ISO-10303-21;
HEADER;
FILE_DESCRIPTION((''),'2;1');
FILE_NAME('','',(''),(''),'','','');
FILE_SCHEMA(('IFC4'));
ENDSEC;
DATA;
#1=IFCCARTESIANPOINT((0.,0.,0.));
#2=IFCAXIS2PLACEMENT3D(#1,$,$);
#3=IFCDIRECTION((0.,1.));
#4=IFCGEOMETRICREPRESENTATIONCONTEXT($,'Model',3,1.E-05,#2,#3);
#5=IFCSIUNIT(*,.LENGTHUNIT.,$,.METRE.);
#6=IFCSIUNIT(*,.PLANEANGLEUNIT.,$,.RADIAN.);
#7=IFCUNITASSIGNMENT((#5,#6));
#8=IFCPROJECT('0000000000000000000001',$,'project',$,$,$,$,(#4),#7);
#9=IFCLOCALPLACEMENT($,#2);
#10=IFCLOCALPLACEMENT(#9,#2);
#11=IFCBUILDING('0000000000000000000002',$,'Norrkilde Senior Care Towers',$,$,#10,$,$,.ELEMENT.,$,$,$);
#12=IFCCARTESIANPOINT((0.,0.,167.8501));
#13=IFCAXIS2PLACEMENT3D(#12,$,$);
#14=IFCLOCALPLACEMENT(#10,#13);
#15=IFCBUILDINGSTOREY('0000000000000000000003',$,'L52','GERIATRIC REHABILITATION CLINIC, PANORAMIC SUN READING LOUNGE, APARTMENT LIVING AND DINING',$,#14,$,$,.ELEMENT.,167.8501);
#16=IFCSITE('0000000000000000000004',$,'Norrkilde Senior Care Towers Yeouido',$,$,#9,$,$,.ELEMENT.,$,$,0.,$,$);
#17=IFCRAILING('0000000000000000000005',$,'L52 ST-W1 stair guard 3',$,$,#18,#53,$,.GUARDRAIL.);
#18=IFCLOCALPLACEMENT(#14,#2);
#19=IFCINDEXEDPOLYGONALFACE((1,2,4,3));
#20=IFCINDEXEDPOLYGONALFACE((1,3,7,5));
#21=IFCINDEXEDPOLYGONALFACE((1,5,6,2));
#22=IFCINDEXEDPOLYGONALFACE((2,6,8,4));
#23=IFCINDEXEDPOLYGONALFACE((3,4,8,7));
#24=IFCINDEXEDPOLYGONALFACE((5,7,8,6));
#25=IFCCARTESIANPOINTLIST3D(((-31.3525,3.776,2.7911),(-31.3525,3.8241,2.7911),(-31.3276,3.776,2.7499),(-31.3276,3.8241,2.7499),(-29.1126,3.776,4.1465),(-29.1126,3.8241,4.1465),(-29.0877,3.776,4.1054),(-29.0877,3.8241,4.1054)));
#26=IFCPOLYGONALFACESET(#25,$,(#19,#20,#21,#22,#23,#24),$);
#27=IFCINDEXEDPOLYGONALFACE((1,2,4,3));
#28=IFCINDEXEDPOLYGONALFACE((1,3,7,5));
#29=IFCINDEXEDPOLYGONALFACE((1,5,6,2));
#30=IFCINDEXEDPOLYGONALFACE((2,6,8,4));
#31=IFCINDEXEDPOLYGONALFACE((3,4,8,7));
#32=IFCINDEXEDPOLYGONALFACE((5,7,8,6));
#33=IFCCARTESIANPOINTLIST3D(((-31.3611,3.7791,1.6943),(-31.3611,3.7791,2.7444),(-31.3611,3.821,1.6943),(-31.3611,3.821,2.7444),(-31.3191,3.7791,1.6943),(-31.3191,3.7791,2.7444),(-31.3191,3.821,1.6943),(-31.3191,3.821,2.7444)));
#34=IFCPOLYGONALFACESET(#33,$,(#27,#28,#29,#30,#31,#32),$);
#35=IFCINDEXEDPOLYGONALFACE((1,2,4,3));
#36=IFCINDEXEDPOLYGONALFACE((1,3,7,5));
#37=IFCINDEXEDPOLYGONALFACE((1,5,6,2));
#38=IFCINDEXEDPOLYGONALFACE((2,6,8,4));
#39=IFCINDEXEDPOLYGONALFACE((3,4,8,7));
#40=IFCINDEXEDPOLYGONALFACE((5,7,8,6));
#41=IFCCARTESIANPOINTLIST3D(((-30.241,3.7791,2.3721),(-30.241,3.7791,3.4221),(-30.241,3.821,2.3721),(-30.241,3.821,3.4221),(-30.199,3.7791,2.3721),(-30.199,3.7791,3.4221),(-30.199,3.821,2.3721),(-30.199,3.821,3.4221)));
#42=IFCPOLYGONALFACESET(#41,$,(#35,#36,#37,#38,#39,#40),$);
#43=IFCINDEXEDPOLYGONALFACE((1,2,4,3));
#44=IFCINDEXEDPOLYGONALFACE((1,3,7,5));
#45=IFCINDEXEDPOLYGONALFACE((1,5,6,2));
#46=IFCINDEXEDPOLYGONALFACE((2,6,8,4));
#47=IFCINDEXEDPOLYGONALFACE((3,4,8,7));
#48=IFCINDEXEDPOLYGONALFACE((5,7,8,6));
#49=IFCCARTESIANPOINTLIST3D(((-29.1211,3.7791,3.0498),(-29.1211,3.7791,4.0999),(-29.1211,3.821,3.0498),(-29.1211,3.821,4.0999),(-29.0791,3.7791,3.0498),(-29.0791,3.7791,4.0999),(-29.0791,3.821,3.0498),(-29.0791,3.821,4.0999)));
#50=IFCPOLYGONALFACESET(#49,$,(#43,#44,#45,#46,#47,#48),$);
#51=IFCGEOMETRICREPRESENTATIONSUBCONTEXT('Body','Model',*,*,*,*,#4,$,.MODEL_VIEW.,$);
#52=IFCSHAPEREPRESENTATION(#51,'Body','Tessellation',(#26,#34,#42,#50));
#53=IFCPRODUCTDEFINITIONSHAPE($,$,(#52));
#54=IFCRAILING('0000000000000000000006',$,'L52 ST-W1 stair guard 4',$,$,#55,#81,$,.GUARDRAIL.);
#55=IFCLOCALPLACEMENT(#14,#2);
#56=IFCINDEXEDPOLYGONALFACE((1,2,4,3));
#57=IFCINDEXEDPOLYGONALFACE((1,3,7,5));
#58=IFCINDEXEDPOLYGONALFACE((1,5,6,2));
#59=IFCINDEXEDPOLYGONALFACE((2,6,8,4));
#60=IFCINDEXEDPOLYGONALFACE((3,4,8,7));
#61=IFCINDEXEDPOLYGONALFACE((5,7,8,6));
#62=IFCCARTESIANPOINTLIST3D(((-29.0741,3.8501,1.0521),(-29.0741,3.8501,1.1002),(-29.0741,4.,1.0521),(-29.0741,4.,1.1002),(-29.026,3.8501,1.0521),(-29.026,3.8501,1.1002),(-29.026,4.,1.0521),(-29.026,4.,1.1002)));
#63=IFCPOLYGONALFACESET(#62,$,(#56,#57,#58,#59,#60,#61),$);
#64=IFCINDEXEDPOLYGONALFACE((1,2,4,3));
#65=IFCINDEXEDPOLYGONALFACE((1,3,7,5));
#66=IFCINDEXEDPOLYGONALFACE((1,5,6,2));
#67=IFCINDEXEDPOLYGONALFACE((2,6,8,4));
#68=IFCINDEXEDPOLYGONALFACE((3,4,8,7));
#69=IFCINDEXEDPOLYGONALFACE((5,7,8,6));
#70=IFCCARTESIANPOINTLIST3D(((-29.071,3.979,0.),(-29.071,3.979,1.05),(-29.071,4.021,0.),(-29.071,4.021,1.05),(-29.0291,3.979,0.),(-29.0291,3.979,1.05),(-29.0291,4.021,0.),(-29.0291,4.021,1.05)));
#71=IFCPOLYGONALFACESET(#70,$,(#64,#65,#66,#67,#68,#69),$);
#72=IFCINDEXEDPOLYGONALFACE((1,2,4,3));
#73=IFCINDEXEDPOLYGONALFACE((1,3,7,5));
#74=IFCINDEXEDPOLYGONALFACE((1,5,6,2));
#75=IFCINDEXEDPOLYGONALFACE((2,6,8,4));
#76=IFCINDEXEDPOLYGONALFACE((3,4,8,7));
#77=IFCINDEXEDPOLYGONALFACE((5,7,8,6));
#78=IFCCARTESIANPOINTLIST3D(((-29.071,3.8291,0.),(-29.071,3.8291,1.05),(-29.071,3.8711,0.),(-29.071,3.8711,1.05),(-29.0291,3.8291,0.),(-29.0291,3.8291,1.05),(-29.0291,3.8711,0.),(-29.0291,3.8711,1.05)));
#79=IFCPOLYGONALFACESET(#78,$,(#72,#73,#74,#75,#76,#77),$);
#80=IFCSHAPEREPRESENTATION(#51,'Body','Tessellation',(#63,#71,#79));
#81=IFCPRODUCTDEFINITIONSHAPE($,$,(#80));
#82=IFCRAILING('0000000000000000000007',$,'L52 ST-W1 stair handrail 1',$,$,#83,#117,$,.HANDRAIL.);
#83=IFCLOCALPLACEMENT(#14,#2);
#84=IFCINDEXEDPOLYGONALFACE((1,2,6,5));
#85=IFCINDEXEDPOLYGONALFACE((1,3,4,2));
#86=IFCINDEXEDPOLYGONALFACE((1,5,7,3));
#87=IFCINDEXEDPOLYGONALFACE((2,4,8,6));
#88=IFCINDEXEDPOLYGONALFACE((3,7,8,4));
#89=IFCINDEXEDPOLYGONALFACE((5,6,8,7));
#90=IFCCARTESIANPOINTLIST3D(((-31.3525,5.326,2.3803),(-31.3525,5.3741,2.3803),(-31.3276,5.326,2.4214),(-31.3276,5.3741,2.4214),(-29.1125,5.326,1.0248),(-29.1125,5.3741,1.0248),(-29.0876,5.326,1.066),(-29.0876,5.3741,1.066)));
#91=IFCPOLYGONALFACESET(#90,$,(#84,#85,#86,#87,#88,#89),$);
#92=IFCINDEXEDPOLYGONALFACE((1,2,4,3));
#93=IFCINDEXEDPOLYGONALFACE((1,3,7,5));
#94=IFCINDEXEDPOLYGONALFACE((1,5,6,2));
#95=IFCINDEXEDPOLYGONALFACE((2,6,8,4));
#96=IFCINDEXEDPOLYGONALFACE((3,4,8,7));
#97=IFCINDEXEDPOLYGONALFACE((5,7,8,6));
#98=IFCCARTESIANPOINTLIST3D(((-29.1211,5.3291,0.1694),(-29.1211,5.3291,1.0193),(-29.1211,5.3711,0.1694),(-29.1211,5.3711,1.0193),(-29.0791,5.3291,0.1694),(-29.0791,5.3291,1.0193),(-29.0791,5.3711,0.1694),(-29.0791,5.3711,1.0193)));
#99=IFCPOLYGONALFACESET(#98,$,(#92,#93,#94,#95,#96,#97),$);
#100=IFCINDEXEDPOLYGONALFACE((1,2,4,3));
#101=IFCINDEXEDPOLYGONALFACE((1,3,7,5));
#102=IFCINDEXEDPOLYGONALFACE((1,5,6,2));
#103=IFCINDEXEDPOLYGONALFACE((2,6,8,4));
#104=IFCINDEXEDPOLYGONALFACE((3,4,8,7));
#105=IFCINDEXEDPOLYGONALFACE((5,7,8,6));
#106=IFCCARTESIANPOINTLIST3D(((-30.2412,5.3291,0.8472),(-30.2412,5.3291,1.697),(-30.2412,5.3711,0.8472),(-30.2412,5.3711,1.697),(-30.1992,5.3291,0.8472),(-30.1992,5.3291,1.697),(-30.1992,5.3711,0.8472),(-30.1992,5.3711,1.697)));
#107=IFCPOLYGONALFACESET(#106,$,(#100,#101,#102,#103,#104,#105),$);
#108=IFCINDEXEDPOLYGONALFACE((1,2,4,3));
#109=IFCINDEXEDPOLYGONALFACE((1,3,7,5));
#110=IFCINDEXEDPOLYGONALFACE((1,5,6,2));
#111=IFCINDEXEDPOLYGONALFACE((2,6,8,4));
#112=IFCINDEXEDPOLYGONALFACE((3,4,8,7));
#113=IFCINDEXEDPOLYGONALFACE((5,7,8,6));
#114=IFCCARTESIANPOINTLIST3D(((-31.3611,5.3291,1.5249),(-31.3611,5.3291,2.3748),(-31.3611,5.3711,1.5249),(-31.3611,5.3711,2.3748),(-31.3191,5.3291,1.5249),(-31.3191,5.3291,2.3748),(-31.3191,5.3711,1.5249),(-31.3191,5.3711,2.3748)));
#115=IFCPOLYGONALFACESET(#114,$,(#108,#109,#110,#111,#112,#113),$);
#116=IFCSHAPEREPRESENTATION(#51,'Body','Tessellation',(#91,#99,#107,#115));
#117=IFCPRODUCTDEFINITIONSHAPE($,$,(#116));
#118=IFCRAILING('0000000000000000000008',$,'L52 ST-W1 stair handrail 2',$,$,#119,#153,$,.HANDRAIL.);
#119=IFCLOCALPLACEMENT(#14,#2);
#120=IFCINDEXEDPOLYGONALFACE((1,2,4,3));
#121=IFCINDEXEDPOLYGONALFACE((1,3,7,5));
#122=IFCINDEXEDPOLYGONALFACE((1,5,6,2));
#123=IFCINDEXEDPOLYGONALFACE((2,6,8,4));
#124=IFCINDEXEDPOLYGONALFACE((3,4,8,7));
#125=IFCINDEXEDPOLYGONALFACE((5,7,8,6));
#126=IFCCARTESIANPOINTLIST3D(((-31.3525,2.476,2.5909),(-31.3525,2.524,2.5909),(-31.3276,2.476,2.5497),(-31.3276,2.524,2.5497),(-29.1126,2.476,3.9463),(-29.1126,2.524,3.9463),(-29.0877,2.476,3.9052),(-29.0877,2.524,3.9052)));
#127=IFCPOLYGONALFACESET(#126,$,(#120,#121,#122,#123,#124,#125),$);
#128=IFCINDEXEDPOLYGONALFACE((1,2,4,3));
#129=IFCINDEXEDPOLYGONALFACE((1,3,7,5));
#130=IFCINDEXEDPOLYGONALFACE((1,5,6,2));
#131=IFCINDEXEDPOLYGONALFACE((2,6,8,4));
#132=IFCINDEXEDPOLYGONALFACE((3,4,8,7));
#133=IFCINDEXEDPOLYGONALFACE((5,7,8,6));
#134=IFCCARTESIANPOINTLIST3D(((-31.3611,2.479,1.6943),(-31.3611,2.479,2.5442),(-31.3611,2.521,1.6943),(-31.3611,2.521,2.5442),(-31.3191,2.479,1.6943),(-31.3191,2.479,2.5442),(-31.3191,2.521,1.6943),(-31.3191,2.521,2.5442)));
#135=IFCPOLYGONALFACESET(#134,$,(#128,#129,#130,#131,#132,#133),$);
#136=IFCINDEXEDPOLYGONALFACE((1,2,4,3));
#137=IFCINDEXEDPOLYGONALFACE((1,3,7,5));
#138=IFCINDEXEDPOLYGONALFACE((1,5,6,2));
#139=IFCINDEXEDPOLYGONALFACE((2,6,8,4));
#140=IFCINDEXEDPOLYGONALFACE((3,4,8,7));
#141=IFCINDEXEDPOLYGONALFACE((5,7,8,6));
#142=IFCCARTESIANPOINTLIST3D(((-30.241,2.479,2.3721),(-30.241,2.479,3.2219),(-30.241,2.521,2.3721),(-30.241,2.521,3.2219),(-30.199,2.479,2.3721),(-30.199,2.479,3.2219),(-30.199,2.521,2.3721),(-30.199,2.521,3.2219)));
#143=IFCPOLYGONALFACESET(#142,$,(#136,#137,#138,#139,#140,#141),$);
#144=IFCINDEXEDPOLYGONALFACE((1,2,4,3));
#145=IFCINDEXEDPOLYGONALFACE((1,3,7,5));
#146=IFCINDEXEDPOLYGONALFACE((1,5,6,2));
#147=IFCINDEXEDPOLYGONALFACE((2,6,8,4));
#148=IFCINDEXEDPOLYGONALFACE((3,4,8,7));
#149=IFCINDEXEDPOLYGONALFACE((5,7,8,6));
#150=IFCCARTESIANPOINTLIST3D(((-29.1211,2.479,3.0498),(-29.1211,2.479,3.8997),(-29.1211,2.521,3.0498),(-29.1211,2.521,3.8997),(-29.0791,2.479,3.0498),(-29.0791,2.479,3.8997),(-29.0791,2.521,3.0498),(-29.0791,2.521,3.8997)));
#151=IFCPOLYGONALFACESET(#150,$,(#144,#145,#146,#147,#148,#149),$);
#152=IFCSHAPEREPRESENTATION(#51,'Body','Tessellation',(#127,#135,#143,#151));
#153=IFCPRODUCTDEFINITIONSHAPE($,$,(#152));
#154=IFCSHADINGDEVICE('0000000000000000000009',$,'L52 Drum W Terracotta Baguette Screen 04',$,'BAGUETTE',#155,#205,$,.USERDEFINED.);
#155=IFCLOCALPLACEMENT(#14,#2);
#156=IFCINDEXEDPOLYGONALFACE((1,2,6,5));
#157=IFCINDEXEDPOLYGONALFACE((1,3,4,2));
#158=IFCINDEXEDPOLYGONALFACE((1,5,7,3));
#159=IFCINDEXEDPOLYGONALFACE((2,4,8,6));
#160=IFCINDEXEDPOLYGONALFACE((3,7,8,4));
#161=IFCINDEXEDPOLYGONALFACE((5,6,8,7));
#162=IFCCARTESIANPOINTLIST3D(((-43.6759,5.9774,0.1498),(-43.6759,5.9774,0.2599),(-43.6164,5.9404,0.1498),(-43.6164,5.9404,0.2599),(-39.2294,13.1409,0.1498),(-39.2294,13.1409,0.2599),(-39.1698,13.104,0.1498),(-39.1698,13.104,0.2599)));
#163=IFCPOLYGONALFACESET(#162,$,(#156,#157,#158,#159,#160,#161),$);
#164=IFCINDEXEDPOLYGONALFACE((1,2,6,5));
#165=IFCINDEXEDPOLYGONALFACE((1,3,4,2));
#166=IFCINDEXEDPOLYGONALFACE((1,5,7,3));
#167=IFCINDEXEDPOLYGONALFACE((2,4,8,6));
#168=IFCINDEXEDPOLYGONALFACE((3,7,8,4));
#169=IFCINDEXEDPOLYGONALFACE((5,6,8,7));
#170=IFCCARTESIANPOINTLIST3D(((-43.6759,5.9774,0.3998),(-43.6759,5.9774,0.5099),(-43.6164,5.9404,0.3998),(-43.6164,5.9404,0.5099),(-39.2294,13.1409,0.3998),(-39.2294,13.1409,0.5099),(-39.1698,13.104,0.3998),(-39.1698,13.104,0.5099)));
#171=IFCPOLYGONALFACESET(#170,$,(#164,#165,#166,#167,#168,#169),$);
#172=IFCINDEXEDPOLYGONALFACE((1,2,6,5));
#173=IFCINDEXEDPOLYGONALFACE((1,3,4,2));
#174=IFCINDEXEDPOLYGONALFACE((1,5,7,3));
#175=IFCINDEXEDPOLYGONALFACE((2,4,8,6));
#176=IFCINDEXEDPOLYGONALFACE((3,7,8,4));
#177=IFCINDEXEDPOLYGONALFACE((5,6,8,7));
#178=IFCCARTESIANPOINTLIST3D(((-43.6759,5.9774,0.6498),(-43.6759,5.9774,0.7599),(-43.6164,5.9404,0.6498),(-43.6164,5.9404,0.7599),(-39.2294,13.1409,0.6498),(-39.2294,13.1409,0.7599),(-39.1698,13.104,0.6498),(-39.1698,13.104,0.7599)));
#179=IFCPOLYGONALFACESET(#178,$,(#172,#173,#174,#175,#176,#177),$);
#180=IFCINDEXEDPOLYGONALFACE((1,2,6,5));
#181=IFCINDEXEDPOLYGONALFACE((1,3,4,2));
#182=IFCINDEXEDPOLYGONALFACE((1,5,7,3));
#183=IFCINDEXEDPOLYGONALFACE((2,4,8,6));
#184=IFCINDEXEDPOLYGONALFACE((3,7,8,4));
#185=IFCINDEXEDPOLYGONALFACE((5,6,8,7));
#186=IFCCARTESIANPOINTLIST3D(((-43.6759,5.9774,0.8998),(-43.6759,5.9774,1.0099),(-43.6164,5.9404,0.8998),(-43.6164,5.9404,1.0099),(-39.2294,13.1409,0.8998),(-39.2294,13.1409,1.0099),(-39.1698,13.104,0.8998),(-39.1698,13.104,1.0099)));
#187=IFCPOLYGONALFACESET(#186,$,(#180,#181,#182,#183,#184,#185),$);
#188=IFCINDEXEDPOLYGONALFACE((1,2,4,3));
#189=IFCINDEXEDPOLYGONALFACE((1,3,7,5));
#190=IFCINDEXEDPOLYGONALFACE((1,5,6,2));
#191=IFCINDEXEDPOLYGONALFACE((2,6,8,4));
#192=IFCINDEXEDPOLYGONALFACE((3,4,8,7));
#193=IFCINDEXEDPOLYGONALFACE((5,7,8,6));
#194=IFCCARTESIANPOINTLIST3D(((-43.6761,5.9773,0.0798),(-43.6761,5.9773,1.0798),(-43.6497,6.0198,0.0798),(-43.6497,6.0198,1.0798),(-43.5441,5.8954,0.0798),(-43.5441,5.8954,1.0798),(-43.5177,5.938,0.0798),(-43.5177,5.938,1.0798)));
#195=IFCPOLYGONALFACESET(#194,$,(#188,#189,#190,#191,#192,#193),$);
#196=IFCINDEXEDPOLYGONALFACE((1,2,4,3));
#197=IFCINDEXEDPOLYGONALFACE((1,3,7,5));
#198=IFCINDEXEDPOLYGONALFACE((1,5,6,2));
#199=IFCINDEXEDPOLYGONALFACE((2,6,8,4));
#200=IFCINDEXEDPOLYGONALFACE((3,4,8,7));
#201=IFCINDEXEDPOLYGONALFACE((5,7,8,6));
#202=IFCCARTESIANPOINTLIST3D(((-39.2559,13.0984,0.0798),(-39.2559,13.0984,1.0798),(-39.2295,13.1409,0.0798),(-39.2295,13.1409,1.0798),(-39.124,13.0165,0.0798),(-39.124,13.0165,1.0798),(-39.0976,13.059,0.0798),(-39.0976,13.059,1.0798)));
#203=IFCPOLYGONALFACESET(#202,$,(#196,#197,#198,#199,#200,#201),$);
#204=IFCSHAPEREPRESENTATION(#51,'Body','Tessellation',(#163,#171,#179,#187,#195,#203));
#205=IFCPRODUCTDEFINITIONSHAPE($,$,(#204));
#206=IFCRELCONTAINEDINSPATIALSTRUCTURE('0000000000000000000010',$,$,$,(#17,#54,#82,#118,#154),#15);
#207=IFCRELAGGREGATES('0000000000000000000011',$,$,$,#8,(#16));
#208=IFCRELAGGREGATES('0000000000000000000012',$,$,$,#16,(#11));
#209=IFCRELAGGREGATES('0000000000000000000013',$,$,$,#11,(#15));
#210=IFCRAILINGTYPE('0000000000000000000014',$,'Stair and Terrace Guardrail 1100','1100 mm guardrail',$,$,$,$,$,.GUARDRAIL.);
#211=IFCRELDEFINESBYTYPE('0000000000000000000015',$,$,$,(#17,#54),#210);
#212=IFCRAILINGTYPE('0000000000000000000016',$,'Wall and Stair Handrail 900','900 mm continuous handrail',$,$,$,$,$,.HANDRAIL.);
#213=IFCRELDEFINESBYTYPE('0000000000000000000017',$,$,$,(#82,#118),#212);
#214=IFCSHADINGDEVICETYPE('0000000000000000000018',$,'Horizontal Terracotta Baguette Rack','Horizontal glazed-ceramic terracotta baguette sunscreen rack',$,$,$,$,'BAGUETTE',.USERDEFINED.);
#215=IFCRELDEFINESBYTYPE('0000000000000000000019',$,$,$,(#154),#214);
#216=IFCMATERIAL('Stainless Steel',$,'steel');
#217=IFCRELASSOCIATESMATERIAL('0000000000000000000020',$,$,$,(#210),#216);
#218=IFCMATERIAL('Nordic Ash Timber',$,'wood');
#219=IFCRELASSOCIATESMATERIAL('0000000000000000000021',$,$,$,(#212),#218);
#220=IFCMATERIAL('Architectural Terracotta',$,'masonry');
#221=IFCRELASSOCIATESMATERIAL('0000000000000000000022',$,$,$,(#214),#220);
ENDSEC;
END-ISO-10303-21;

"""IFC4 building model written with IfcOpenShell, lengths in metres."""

from ifc_helpers import new_model, si_unit, direction, frame, origin, origin_2d, place, context, subcontext, project, spatial, rectangle, extrude, source, transform, mapped, material, type_object, type_shapes, element, save


model = new_model("IFC4")

# Units and contexts
model_context = context("Model", 3, precision=1e-05, world=origin(), true_north=direction((0.0, 1.0)))
body_context = subcontext(model_context, "Body", "Model", "MODEL_VIEW")
ifc_project = project(units=[si_unit("LENGTHUNIT", "METRE"), si_unit("PLANEANGLEUNIT", "RADIAN")], contexts=[model_context])

# Site, building, storey
site_placement = place(None, origin())
site = spatial("IfcSite", under=ifc_project, at=site_placement, Name="Norrkilde Senior Care Towers Yeouido", CompositionType="ELEMENT", RefElevation=0.0)
building_placement = place(site_placement, origin())
building = spatial("IfcBuilding", under=site, at=building_placement, Name="Norrkilde Senior Care Towers", CompositionType="ELEMENT")
storey_placement = place(building_placement, frame((0.0, 0.0, 167.8501)))
storey = spatial("IfcBuildingStorey", under=building, at=storey_placement, Name="L52", Description="GERIATRIC REHABILITATION CLINIC, PANORAMIC SUN READING LOUNGE, APARTMENT LIVING AND DINING", CompositionType="ELEMENT", Elevation=167.8501)

# Shared definitions
ifc_material_1 = material(Name="Nordic Ash Timber", Category="wood")

# Railings
ifc_material_2 = material(Name="Stainless Steel", Category="steel")
railing_type_1 = type_object("IfcRailingType", Name="Stair and Terrace Guardrail 1100", Description="1100 mm guardrail", PredefinedType="GUARDRAIL", material=ifc_material_2)
railing_1_placement = place(storey_placement, frame((-31.3401, 3.8, 1.6943)))
element("IfcRailing", 1, at=railing_1_placement, inside=storey, type_object=railing_type_1, Name="L52 ST-W1 stair guard 3", PredefinedType="GUARDRAIL", context=body_context, shape_type="SweptSolid", body=[
    extrude(rectangle(XDim=0.0481, YDim=0.0481, at=origin_2d()), frame((0.0, 0.0, 1.0762), z_axis=(0.855553, 0.0, 0.517715), x_axis=(0.0, 1.0, 0.0)), (0.0, 0.0, 1.0), 2.6182),
    extrude(rectangle(XDim=0.042, YDim=0.042, at=origin_2d()), origin(), (0.0, 0.0, 1.0), 1.05),
    extrude(rectangle(XDim=0.042, YDim=0.042, at=origin_2d()), frame((1.1201, 0.0, 0.6777)), (0.0, 0.0, 1.0), 1.05),
    extrude(rectangle(XDim=0.042, YDim=0.042, at=origin_2d()), frame((2.24, 0.0, 1.3555)), (0.0, 0.0, 1.0), 1.05),
])
railing_2_placement = place(storey_placement, frame((-29.05, 4.0, 0.0)))
element("IfcRailing", 2, at=railing_2_placement, inside=storey, type_object=railing_type_1, Name="L52 ST-W1 stair guard 4", PredefinedType="GUARDRAIL", context=body_context, shape_type="SweptSolid", body=[
    extrude(rectangle(XDim=0.0481, YDim=0.0481, at=origin_2d()), frame((0.0, 0.0, 1.0762), z_axis=(0.0, -1.0, 0.0), x_axis=(1.0, 0.0, 0.0)), (0.0, 0.0, 1.0), 0.1499),
    extrude(rectangle(XDim=0.042, YDim=0.042, at=origin_2d()), origin(), (0.0, 0.0, 1.0), 1.05),
    extrude(rectangle(XDim=0.042, YDim=0.042, at=origin_2d()), frame((0.0, -0.1499, 0.0)), (0.0, 0.0, 1.0), 1.05),
])
railing_type_2 = type_object("IfcRailingType", Name="Wall and Stair Handrail 900", Description="900 mm continuous handrail", PredefinedType="HANDRAIL", material=ifc_material_1)
railing_3_placement = place(storey_placement, frame((-29.1001, 5.3501, 0.1694)))
element("IfcRailing", 3, at=railing_3_placement, inside=storey, type_object=railing_type_2, Name="L52 ST-W1 stair handrail 1", PredefinedType="HANDRAIL", context=body_context, shape_type="SweptSolid", body=[
    extrude(rectangle(XDim=0.0481, YDim=0.0481, at=origin_2d()), frame((0.0, 0.0, 0.876), z_axis=(-0.855553, 0.0, 0.517715), x_axis=(0.0, -1.0, 0.0)), (0.0, 0.0, 1.0), 2.6182),
    extrude(rectangle(XDim=0.042, YDim=0.042, at=origin_2d()), origin(), (0.0, 0.0, 1.0), 0.8499),
    extrude(rectangle(XDim=0.042, YDim=0.042, at=origin_2d()), frame((-1.1201, 0.0, 0.6777)), (0.0, 0.0, 1.0), 0.8499),
    extrude(rectangle(XDim=0.042, YDim=0.042, at=origin_2d()), frame((-2.24, 0.0, 1.3555)), (0.0, 0.0, 1.0), 0.8499),
])
railing_4_placement = place(storey_placement, frame((-31.3401, 2.5, 1.6943)))
element("IfcRailing", 4, at=railing_4_placement, inside=storey, type_object=railing_type_2, Name="L52 ST-W1 stair handrail 2", PredefinedType="HANDRAIL", context=body_context, shape_type="SweptSolid", body=[
    extrude(rectangle(XDim=0.0481, YDim=0.0481, at=origin_2d()), frame((0.0, 0.0, 0.876), z_axis=(0.855553, 0.0, 0.517715), x_axis=(0.0, 1.0, 0.0)), (0.0, 0.0, 1.0), 2.6182),
    extrude(rectangle(XDim=0.042, YDim=0.042, at=origin_2d()), origin(), (0.0, 0.0, 1.0), 0.8499),
    extrude(rectangle(XDim=0.042, YDim=0.042, at=origin_2d()), frame((1.1201, 0.0, 0.6777)), (0.0, 0.0, 1.0), 0.8499),
    extrude(rectangle(XDim=0.042, YDim=0.042, at=origin_2d()), frame((2.24, 0.0, 1.3555)), (0.0, 0.0, 1.0), 0.8499),
])

# Shading device
ifc_material_3 = material(Name="Architectural Terracotta", Category="masonry")
shading_device_type = type_object("IfcShadingDeviceType", Name="Horizontal Terracotta Baguette Rack", Description="Horizontal glazed-ceramic terracotta baguette sunscreen rack", ElementType="BAGUETTE", PredefinedType="USERDEFINED", material=ifc_material_3)
shared_shape_1 = source(origin(), body_context, "Body", "SweptSolid", [
    extrude(rectangle(XDim=0.0701, YDim=0.1101, at=origin_2d()), frame((0.0, 0.0901, 0.125), z_axis=(1.0, 0.0, 0.0), x_axis=(0.0, 1.0, 0.0)), (0.0, 0.0, 1.0), 8.4314),
    extrude(rectangle(XDim=0.0701, YDim=0.1101, at=origin_2d()), frame((0.0, 0.0901, 0.375), z_axis=(1.0, 0.0, 0.0), x_axis=(0.0, 1.0, 0.0)), (0.0, 0.0, 1.0), 8.4314),
    extrude(rectangle(XDim=0.0701, YDim=0.1101, at=origin_2d()), frame((0.0, 0.0901, 0.625), z_axis=(1.0, 0.0, 0.0), x_axis=(0.0, 1.0, 0.0)), (0.0, 0.0, 1.0), 8.4314),
    extrude(rectangle(XDim=0.0701, YDim=0.1101, at=origin_2d()), frame((0.0, 0.0901, 0.875), z_axis=(1.0, 0.0, 0.0), x_axis=(0.0, 1.0, 0.0)), (0.0, 0.0, 1.0), 8.4314),
    extrude(rectangle(XDim=0.05, YDim=0.1553, at=origin_2d()), frame((0.0249, 0.0476, 0.0)), (0.0, 0.0, 1.0), 1.0),
    extrude(rectangle(XDim=0.05, YDim=0.1553, at=origin_2d()), frame((8.4062, 0.0476, 0.0)), (0.0, 0.0, 1.0), 1.0),
])
type_shapes(shading_device_type, [shared_shape_1])
shading_device_placement = place(storey_placement, frame((-43.5696, 5.9114, 0.0798), z_axis=(0.0, 0.0, 1.0), x_axis=(0.527378, 0.849631, 0.0)))
element("IfcShadingDevice", 5, at=shading_device_placement, inside=storey, type_object=shading_device_type, Name="L52 Drum W Terracotta Baguette Screen 04", ObjectType="BAGUETTE", PredefinedType="USERDEFINED", context=body_context, shape_type="MappedRepresentation", body=[
    mapped(shared_shape_1, transform((0.0, 0.0, 0.0), x_axis=(1.0, 0.0, 0.0), y_axis=(0.0, 1.0, 0.0), z_axis=(0.0, 0.0, 1.0), scale=1.0)),
])

save(model, "model.ifc")
